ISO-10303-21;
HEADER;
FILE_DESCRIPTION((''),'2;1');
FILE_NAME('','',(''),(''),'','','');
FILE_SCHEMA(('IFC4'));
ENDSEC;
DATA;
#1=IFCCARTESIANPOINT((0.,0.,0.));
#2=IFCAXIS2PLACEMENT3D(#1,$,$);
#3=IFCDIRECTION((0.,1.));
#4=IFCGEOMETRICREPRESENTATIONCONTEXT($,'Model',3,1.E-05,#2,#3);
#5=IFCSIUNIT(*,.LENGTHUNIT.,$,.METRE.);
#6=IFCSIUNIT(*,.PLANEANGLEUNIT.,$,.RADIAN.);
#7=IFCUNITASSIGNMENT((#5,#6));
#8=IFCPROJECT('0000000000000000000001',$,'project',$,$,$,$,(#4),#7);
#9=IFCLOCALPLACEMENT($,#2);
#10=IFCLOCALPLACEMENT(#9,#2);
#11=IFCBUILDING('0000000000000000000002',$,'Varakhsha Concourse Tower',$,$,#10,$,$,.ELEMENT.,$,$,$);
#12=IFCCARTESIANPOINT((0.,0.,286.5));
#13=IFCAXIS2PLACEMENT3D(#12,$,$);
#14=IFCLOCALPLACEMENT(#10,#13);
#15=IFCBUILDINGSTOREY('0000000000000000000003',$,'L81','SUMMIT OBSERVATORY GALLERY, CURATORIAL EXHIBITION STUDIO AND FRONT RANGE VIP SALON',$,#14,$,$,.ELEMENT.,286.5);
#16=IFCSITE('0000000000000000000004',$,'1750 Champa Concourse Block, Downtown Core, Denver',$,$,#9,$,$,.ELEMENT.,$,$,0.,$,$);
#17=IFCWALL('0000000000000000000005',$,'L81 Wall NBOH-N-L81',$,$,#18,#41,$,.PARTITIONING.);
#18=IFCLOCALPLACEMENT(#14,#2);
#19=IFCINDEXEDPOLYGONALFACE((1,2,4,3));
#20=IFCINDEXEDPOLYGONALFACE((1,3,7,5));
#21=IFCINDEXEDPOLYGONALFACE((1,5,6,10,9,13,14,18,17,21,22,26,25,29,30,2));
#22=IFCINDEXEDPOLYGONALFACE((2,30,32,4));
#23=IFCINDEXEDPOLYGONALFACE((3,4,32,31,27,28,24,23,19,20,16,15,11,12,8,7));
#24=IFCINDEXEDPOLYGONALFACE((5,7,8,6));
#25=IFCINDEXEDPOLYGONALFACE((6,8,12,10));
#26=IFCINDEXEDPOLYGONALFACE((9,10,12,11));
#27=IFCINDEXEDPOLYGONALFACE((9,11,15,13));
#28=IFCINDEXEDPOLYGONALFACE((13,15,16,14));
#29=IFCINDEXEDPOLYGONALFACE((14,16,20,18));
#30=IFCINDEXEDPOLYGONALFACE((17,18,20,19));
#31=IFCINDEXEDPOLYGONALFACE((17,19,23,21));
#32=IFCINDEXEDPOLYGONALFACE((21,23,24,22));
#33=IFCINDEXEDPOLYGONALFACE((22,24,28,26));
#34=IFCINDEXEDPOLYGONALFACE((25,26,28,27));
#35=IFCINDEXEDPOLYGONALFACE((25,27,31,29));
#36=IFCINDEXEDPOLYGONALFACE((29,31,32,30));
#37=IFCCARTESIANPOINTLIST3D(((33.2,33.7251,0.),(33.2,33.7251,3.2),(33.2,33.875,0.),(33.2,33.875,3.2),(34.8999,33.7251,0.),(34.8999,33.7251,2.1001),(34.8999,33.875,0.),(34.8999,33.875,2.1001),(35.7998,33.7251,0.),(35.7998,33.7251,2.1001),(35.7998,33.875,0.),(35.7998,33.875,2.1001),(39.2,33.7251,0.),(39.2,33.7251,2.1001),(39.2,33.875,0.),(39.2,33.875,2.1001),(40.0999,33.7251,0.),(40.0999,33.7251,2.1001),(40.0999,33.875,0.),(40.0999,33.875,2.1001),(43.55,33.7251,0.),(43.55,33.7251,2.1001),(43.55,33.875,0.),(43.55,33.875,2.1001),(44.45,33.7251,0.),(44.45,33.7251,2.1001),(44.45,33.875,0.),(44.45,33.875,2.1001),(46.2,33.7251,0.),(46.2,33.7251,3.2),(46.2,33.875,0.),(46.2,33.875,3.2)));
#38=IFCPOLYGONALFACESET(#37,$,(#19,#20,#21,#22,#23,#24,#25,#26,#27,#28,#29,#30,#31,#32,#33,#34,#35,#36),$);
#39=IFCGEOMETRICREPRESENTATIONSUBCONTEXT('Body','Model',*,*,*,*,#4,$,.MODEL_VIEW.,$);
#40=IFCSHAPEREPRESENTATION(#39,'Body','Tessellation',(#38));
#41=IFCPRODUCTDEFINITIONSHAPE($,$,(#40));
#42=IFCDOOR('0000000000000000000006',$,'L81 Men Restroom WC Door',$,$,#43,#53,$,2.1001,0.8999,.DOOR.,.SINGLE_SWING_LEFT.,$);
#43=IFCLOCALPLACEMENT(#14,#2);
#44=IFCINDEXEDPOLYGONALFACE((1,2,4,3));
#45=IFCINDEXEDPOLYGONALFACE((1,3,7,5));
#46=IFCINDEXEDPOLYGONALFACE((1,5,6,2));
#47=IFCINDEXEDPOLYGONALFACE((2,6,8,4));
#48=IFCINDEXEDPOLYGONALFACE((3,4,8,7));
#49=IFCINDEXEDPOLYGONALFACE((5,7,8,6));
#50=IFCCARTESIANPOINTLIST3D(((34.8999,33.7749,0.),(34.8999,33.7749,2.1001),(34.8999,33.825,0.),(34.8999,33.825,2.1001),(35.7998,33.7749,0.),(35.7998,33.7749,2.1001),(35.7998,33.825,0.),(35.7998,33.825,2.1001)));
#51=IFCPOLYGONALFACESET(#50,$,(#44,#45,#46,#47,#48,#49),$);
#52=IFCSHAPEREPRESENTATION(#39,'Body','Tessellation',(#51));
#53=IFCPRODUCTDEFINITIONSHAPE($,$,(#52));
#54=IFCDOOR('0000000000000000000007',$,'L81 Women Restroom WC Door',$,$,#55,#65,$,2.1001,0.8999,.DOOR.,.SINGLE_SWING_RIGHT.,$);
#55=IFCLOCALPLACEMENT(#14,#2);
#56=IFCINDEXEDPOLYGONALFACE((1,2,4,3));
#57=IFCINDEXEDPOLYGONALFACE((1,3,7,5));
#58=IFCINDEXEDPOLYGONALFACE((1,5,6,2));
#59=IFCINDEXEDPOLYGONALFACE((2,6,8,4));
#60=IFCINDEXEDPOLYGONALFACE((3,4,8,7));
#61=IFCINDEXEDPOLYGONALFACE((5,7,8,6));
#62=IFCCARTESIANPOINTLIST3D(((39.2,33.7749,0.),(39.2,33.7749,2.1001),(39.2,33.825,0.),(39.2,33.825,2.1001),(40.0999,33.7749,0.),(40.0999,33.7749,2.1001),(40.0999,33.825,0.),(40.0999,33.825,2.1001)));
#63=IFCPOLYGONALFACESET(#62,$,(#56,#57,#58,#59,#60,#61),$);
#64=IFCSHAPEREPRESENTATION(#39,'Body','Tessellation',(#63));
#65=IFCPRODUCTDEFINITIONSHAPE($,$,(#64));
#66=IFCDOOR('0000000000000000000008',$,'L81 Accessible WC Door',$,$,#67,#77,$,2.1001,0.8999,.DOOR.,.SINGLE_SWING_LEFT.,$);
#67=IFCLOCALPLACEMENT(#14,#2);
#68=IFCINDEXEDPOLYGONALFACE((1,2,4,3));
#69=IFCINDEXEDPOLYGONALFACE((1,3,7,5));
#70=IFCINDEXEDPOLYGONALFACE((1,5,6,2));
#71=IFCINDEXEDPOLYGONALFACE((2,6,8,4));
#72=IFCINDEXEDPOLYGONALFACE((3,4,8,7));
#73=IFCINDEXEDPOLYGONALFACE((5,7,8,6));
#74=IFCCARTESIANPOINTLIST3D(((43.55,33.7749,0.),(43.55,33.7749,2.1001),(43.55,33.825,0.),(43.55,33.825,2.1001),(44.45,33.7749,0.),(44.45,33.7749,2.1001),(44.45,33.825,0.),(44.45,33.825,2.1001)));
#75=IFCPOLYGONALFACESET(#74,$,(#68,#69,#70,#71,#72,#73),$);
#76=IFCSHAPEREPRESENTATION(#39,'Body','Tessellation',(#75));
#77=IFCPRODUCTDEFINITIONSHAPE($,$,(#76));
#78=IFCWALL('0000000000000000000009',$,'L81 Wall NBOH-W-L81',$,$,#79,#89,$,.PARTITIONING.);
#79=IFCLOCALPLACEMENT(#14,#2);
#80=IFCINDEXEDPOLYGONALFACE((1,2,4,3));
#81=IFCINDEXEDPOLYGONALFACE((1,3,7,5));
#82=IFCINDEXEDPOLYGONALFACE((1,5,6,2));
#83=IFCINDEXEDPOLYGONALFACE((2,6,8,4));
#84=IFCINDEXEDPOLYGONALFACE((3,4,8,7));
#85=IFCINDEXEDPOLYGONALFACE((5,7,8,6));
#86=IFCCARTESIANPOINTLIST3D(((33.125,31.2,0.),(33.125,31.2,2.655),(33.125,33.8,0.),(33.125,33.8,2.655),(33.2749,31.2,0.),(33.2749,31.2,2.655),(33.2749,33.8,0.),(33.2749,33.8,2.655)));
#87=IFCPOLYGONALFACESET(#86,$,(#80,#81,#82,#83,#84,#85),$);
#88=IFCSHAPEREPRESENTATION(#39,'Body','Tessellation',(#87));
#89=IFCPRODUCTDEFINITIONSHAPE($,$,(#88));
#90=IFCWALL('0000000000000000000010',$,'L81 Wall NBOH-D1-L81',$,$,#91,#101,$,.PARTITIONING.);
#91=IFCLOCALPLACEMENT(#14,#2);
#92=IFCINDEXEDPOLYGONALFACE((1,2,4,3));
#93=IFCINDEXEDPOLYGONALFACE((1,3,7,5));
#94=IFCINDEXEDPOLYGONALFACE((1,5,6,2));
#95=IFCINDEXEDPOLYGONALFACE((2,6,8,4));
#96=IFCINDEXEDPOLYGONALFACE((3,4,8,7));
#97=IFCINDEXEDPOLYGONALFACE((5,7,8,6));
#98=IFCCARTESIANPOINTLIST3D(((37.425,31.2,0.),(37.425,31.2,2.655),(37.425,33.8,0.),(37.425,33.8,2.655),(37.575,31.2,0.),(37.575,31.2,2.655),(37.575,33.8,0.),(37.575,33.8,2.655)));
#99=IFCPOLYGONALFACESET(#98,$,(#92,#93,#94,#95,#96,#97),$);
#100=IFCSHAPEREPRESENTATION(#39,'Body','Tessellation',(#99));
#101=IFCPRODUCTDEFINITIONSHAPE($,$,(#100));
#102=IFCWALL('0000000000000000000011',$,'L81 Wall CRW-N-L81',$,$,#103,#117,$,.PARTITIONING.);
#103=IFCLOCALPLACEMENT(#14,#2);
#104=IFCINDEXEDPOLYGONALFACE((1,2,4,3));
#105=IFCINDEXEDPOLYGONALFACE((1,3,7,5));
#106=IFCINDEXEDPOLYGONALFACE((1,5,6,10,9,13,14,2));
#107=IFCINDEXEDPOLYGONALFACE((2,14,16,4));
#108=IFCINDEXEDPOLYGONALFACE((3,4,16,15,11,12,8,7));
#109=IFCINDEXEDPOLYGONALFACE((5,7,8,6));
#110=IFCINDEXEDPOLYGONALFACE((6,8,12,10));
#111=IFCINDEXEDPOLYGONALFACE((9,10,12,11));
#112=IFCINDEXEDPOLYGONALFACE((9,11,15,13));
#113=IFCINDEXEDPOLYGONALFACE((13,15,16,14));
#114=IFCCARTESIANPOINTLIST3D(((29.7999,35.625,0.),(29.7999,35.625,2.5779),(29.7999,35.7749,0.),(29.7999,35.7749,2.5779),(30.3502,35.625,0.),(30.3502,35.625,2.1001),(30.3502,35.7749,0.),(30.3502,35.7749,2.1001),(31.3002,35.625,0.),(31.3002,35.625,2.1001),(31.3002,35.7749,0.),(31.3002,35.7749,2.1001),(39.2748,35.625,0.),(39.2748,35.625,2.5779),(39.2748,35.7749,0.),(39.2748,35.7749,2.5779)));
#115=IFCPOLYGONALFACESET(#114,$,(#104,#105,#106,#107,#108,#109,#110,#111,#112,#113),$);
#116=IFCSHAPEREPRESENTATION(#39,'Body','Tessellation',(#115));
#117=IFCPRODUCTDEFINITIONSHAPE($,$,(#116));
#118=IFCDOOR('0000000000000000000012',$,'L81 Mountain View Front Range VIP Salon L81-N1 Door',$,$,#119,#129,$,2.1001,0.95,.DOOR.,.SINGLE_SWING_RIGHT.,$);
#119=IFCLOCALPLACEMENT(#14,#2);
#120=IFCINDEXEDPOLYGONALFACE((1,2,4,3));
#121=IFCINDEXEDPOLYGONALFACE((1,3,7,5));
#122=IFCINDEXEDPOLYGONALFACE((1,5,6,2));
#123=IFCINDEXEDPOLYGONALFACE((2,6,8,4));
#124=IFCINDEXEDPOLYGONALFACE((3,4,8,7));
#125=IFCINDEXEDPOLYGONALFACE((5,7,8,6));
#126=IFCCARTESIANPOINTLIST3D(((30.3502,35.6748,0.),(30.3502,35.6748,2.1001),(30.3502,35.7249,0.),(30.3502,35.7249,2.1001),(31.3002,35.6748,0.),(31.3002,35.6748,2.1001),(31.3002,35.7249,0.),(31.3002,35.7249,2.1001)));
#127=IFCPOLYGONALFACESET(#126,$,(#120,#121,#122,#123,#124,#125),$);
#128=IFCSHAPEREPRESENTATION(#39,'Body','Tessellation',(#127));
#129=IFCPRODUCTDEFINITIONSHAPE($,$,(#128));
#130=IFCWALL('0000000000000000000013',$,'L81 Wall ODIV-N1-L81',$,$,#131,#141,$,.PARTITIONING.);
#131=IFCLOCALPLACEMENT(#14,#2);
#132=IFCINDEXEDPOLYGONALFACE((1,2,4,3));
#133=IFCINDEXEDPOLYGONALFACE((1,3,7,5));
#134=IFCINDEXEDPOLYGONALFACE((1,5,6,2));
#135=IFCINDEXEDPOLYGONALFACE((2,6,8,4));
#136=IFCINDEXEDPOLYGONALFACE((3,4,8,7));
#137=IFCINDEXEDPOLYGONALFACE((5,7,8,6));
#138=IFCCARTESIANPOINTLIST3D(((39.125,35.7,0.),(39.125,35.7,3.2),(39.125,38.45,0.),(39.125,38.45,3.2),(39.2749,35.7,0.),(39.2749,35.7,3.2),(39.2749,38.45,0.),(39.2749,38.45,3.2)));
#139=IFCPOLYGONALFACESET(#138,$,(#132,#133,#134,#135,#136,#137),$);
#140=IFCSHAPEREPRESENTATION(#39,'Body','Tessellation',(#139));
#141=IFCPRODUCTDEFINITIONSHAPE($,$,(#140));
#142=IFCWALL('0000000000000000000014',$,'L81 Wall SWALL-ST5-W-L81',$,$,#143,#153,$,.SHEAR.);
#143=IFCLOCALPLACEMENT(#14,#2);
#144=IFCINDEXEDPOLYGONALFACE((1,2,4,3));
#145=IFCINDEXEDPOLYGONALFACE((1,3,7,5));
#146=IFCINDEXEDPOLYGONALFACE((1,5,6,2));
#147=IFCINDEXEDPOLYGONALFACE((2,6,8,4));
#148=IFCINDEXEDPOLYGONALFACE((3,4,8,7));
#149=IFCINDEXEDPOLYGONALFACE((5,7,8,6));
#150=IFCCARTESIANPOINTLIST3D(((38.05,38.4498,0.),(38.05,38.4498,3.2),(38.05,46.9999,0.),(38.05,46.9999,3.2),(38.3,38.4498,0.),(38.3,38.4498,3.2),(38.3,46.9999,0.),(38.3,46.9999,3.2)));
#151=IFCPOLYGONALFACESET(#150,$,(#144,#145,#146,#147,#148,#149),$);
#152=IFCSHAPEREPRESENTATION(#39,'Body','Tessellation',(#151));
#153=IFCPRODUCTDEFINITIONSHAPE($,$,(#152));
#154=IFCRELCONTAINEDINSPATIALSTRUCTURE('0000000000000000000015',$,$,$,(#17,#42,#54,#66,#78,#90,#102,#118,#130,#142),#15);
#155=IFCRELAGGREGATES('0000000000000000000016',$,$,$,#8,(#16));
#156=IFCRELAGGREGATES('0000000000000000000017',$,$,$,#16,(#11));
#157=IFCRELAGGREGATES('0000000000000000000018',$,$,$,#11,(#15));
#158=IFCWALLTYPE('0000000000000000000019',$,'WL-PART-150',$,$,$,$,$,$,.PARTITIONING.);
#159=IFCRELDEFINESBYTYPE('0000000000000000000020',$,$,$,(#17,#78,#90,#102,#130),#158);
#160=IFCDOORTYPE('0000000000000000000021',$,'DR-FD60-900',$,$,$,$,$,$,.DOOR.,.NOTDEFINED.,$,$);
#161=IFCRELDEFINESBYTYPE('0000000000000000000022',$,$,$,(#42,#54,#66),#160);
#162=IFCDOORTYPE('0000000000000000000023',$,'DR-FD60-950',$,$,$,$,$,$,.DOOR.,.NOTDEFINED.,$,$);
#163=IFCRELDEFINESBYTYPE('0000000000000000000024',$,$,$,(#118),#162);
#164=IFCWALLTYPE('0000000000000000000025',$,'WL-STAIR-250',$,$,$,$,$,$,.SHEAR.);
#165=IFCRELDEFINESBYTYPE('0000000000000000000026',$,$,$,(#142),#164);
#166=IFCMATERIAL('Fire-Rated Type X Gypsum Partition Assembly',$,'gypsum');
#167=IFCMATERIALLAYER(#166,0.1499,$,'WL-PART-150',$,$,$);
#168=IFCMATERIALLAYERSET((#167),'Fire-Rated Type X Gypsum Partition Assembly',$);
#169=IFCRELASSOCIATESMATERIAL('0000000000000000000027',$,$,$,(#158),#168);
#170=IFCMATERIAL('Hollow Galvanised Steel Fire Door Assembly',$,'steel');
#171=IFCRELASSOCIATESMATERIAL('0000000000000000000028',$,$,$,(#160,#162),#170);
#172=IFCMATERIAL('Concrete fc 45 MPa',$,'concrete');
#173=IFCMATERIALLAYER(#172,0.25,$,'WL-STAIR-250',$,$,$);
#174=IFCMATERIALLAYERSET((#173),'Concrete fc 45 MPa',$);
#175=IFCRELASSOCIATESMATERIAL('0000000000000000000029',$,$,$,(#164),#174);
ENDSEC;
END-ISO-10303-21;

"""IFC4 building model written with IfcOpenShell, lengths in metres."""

from ifc_helpers import new_model, si_unit, direction, frame, frame_2d, origin, place, context, subcontext, project, spatial, rectangle, extrude, material, layer, layer_set, type_object, element, fill, save


model = new_model("IFC4")

# Units and contexts
model_context = context("Model", 3, precision=1e-05, world=origin(), true_north=direction((0.0, 1.0)))
body_context = subcontext(model_context, "Body", "Model", "MODEL_VIEW")
ifc_project = project(units=[si_unit("LENGTHUNIT", "METRE"), si_unit("PLANEANGLEUNIT", "RADIAN")], contexts=[model_context])

# Site, building, storey
site_placement = place(None, origin())
site = spatial("IfcSite", under=ifc_project, at=site_placement, Name="1750 Champa Concourse Block, Downtown Core, Denver", CompositionType="ELEMENT", RefElevation=0.0)
building_placement = place(site_placement, origin())
building = spatial("IfcBuilding", under=site, at=building_placement, Name="Varakhsha Concourse Tower", CompositionType="ELEMENT")
storey_placement = place(building_placement, frame((0.0, 0.0, 286.5)))
storey = spatial("IfcBuildingStorey", under=building, at=storey_placement, Name="L81", Description="SUMMIT OBSERVATORY GALLERY, CURATORIAL EXHIBITION STUDIO AND FRONT RANGE VIP SALON", CompositionType="ELEMENT", Elevation=286.5)

# Wall, openings, doors
ifc_material_1 = material(Name="Fire-Rated Type X Gypsum Partition Assembly", Category="gypsum")
ifc_layer_1 = layer(ifc_material_1, 0.1499, Name="WL-PART-150")
ifc_layer_set_1 = layer_set([ifc_layer_1], Name="Fire-Rated Type X Gypsum Partition Assembly")
wall_type_1 = type_object("IfcWallType", Name="WL-PART-150", PredefinedType="PARTITIONING", material=ifc_layer_set_1)
wall_1_placement = place(storey_placement, frame((33.2, 33.8, 0.0), z_axis=(0.0, 0.0, 1.0), x_axis=(1.0, 0.0, 0.0)))
wall_1 = element("IfcWall", 1, at=wall_1_placement, inside=storey, type_object=wall_type_1, Name="L81 Wall NBOH-N-L81", PredefinedType="PARTITIONING", context=body_context, shape_type="SweptSolid", body=[
    extrude(rectangle(XDim=13.0, YDim=0.1499, at=frame_2d((6.5, 0.0))), origin(), (0.0, 0.0, 1.0), 3.2),
])
opening_1_placement = place(wall_1_placement, frame((1.7, 0.0, 0.0)))
opening_1 = element("IfcOpeningElement", 2, at=opening_1_placement, cuts=wall_1, PredefinedType="OPENING", context=body_context, shape_type="SweptSolid", body=[
    extrude(rectangle(XDim=0.8999, YDim=2.1001, at=frame_2d((0.45, 1.05))), frame((0.0, 0.085, 0.0), z_axis=(0.0, -1.0, 0.0), x_axis=(1.0, 0.0, 0.0)), (0.0, 0.0, 1.0), 0.1699),
])
opening_2_placement = place(wall_1_placement, frame((6.0, 0.0, 0.0)))
opening_2 = element("IfcOpeningElement", 3, at=opening_2_placement, cuts=wall_1, PredefinedType="OPENING", context=body_context, shape_type="SweptSolid", body=[
    extrude(rectangle(XDim=0.8999, YDim=2.1001, at=frame_2d((0.45, 1.05))), frame((0.0, 0.085, 0.0), z_axis=(0.0, -1.0, 0.0), x_axis=(1.0, 0.0, 0.0)), (0.0, 0.0, 1.0), 0.1699),
])
opening_3_placement = place(wall_1_placement, frame((10.3501, 0.0, 0.0)))
opening_3 = element("IfcOpeningElement", 4, at=opening_3_placement, cuts=wall_1, PredefinedType="OPENING", context=body_context, shape_type="SweptSolid", body=[
    extrude(rectangle(XDim=0.8999, YDim=2.1001, at=frame_2d((0.45, 1.05))), frame((0.0, 0.085, 0.0), z_axis=(0.0, -1.0, 0.0), x_axis=(1.0, 0.0, 0.0)), (0.0, 0.0, 1.0), 0.1699),
])
ifc_material_2 = material(Name="Hollow Galvanised Steel Fire Door Assembly", Category="steel")
door_type_1 = type_object("IfcDoorType", Name="DR-FD60-900", OperationType="NOTDEFINED", PredefinedType="DOOR", material=ifc_material_2)
door_1_placement = place(opening_1_placement, origin())
door_1 = element("IfcDoor", 5, at=door_1_placement, inside=storey, type_object=door_type_1, Name="L81 Men Restroom WC Door", OperationType="SINGLE_SWING_LEFT", OverallHeight=2.1001, OverallWidth=0.8999, PredefinedType="DOOR", context=body_context, shape_type="SweptSolid", body=[
    extrude(rectangle(XDim=0.8999, YDim=2.1001, at=frame_2d((0.45, 1.05))), frame((0.0, 0.0249, 0.0), z_axis=(0.0, -1.0, 0.0), x_axis=(1.0, 0.0, 0.0)), (0.0, 0.0, 1.0), 0.05),
])
fill(opening_1, door_1)
door_2_placement = place(opening_2_placement, origin())
door_2 = element("IfcDoor", 6, at=door_2_placement, inside=storey, type_object=door_type_1, Name="L81 Women Restroom WC Door", OperationType="SINGLE_SWING_RIGHT", OverallHeight=2.1001, OverallWidth=0.8999, PredefinedType="DOOR", context=body_context, shape_type="SweptSolid", body=[
    extrude(rectangle(XDim=0.8999, YDim=2.1001, at=frame_2d((0.45, 1.05))), frame((0.0, 0.0249, 0.0), z_axis=(0.0, -1.0, 0.0), x_axis=(1.0, 0.0, 0.0)), (0.0, 0.0, 1.0), 0.05),
])
fill(opening_2, door_2)
door_3_placement = place(opening_3_placement, origin())
door_3 = element("IfcDoor", 7, at=door_3_placement, inside=storey, type_object=door_type_1, Name="L81 Accessible WC Door", OperationType="SINGLE_SWING_LEFT", OverallHeight=2.1001, OverallWidth=0.8999, PredefinedType="DOOR", context=body_context, shape_type="SweptSolid", body=[
    extrude(rectangle(XDim=0.8999, YDim=2.1001, at=frame_2d((0.45, 1.05))), frame((0.0, 0.0249, 0.0), z_axis=(0.0, -1.0, 0.0), x_axis=(1.0, 0.0, 0.0)), (0.0, 0.0, 1.0), 0.05),
])
fill(opening_3, door_3)

# Walls
for number, where, z_axis, x_axis, name in (
    (8, (33.2, 31.2, 0.0), (0.0, 0.0, 1.0), (0.0, 1.0, 0.0), "L81 Wall NBOH-W-L81"),
    (9, (37.5, 31.2, 0.0), (0.0, 0.0, 1.0), (0.0, 1.0, 0.0), "L81 Wall NBOH-D1-L81"),
):
    element("IfcWall", number, at=place(storey_placement, frame(where, z_axis=z_axis, x_axis=x_axis)), inside=storey, type_object=wall_type_1, Name=name, PredefinedType="PARTITIONING", context=body_context, shape_type="SweptSolid", body=[
        extrude(rectangle(XDim=2.6001, YDim=0.1499, at=frame_2d((1.3, 0.0))), origin(), (0.0, 0.0, 1.0), 2.655),
    ])

# Wall, opening, door
wall_2_placement = place(storey_placement, frame((29.8, 35.7, 0.0), z_axis=(0.0, 0.0, 1.0), x_axis=(1.0, 0.0, 0.0)))
wall_2 = element("IfcWall", 10, at=wall_2_placement, inside=storey, type_object=wall_type_1, Name="L81 Wall CRW-N-L81", PredefinedType="PARTITIONING", context=body_context, shape_type="SweptSolid", body=[
    extrude(rectangle(XDim=9.4749, YDim=0.1499, at=frame_2d((4.7373, 0.0))), origin(), (0.0, 0.0, 1.0), 2.5779),
])
opening_4_placement = place(wall_2_placement, frame((0.55, 0.0, 0.0)))
opening_4 = element("IfcOpeningElement", 11, at=opening_4_placement, cuts=wall_2, PredefinedType="OPENING", context=body_context, shape_type="SweptSolid", body=[
    extrude(rectangle(XDim=0.95, YDim=2.1001, at=frame_2d((0.4751, 1.05))), frame((0.0, 0.085, 0.0), z_axis=(0.0, -1.0, 0.0), x_axis=(1.0, 0.0, 0.0)), (0.0, 0.0, 1.0), 0.1699),
])
door_type_2 = type_object("IfcDoorType", Name="DR-FD60-950", OperationType="NOTDEFINED", PredefinedType="DOOR", material=ifc_material_2)
door_4_placement = place(opening_4_placement, origin())
door_4 = element("IfcDoor", 12, at=door_4_placement, inside=storey, type_object=door_type_2, Name="L81 Mountain View Front Range VIP Salon L81-N1 Door", OperationType="SINGLE_SWING_RIGHT", OverallHeight=2.1001, OverallWidth=0.95, PredefinedType="DOOR", context=body_context, shape_type="SweptSolid", body=[
    extrude(rectangle(XDim=0.95, YDim=2.1001, at=frame_2d((0.4751, 1.05))), frame((0.0, 0.0249, 0.0), z_axis=(0.0, -1.0, 0.0), x_axis=(1.0, 0.0, 0.0)), (0.0, 0.0, 1.0), 0.05),
])
fill(opening_4, door_4)

# Walls
wall_3_placement = place(storey_placement, frame((39.2, 35.7, 0.0), z_axis=(0.0, 0.0, 1.0), x_axis=(0.0, 1.0, 0.0)))
element("IfcWall", 13, at=wall_3_placement, inside=storey, type_object=wall_type_1, Name="L81 Wall ODIV-N1-L81", PredefinedType="PARTITIONING", context=body_context, shape_type="SweptSolid", body=[
    extrude(rectangle(XDim=2.75, YDim=0.1499, at=frame_2d((1.375, 0.0))), origin(), (0.0, 0.0, 1.0), 3.2),
])
ifc_material_3 = material(Name="Concrete fc 45 MPa", Category="concrete")
ifc_layer_2 = layer(ifc_material_3, 0.25, Name="WL-STAIR-250")
ifc_layer_set_2 = layer_set([ifc_layer_2], Name="Concrete fc 45 MPa")
wall_type_2 = type_object("IfcWallType", Name="WL-STAIR-250", PredefinedType="SHEAR", material=ifc_layer_set_2)
wall_4_placement = place(storey_placement, frame((38.175, 38.45, 0.0), z_axis=(0.0, 0.0, 1.0), x_axis=(0.0, 1.0, 0.0)))
element("IfcWall", 14, at=wall_4_placement, inside=storey, type_object=wall_type_2, Name="L81 Wall SWALL-ST5-W-L81", PredefinedType="SHEAR", context=body_context, shape_type="SweptSolid", body=[
    extrude(rectangle(XDim=8.55, YDim=0.25, at=frame_2d((4.2749, 0.0))), origin(), (0.0, 0.0, 1.0), 3.2),
])

save(model, "model.ifc")
